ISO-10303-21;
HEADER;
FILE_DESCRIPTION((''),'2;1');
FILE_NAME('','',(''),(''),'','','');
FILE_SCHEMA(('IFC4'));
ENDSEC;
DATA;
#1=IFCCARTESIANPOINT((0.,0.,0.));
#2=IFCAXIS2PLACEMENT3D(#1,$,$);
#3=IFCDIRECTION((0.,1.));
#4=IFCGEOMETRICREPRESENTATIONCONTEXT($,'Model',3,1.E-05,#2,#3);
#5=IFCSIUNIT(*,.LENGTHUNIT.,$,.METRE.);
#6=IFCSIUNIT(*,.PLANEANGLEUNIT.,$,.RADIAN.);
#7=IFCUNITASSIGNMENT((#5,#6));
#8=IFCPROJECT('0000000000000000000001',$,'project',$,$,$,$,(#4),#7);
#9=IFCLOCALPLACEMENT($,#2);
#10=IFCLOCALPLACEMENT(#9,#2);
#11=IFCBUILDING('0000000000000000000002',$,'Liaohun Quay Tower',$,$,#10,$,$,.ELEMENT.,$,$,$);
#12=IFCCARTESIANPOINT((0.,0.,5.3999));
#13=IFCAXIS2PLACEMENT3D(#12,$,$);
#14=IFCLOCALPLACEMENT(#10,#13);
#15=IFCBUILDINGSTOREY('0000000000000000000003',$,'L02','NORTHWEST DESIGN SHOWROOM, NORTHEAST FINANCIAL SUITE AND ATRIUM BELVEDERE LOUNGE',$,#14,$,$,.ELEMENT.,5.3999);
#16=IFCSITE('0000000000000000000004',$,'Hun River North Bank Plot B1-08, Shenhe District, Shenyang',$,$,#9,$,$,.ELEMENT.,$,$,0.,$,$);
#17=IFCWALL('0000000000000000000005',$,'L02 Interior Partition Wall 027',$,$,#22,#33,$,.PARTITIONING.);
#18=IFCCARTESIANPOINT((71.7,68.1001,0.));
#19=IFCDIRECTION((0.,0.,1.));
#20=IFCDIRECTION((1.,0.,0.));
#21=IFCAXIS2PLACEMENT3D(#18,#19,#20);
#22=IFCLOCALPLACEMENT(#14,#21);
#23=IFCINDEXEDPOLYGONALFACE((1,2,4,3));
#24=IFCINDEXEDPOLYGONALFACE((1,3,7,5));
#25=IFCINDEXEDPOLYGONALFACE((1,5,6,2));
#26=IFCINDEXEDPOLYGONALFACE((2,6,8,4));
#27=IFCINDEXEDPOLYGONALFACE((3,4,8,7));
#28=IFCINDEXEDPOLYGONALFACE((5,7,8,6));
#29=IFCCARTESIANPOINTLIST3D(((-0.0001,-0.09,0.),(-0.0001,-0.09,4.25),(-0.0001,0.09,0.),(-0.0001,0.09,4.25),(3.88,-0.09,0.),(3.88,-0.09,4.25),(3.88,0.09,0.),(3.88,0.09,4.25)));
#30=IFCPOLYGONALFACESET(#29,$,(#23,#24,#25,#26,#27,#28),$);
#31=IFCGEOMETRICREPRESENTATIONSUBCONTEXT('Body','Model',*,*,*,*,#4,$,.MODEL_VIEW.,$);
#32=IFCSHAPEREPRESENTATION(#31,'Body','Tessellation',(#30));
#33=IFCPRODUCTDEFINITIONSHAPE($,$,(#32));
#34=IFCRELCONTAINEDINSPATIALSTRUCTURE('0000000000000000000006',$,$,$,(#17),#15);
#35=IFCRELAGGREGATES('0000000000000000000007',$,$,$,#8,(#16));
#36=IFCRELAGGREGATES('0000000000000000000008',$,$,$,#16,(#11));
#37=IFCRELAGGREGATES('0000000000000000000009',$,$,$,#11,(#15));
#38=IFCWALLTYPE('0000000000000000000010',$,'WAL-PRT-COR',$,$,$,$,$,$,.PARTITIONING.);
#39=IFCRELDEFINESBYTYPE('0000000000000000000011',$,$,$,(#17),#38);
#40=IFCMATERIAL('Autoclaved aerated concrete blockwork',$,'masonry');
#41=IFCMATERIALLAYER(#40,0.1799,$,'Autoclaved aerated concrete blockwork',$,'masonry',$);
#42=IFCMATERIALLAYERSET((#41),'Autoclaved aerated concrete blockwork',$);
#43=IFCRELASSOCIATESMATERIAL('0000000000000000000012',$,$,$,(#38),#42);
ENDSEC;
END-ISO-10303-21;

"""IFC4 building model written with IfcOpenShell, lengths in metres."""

from ifc_helpers import new_model, si_unit, direction, frame, frame_2d, origin, place, context, subcontext, project, spatial, rectangle, extrude, material, layer, layer_set, type_object, element, save


model = new_model("IFC4")

# Units and contexts
model_context = context("Model", 3, precision=1e-05, world=origin(), true_north=direction((0.0, 1.0)))
body_context = subcontext(model_context, "Body", "Model", "MODEL_VIEW")
ifc_project = project(units=[si_unit("LENGTHUNIT", "METRE"), si_unit("PLANEANGLEUNIT", "RADIAN")], contexts=[model_context])

# Site, building, storey
site_placement = place(None, origin())
site = spatial("IfcSite", under=ifc_project, at=site_placement, Name="Hun River North Bank Plot B1-08, Shenhe District, Shenyang", CompositionType="ELEMENT", RefElevation=0.0)
building_placement = place(site_placement, origin())
building = spatial("IfcBuilding", under=site, at=building_placement, Name="Liaohun Quay Tower", CompositionType="ELEMENT")
storey_placement = place(building_placement, frame((0.0, 0.0, 5.3999)))
storey = spatial("IfcBuildingStorey", under=building, at=storey_placement, Name="L02", Description="NORTHWEST DESIGN SHOWROOM, NORTHEAST FINANCIAL SUITE AND ATRIUM BELVEDERE LOUNGE", CompositionType="ELEMENT", Elevation=5.3999)

# Shared definitions
ifc_material_1 = material(Name="Autoclaved aerated concrete blockwork", Category="masonry")
ifc_layer_1 = layer(ifc_material_1, 0.1799, Name="Autoclaved aerated concrete blockwork", Category="masonry")
ifc_layer_set_1 = layer_set([ifc_layer_1], Name="Autoclaved aerated concrete blockwork")
wall_type_1 = type_object("IfcWallType", Name="WAL-PRT-COR", PredefinedType="PARTITIONING", material=ifc_layer_set_1)

# Wall
wall_1_placement = place(storey_placement, frame((71.7, 68.1001, 0.0), z_axis=(0.0, 0.0, 1.0), x_axis=(1.0, 0.0, 0.0)))
element("IfcWall", 1, at=wall_1_placement, inside=storey, type_object=wall_type_1, Name="L02 Interior Partition Wall 027", PredefinedType="PARTITIONING", context=body_context, shape_type="SweptSolid", body=[
    extrude(rectangle(XDim=3.8801, YDim=0.1799, at=frame_2d((1.9399, 0.0))), origin(), (0.0, 0.0, 1.0), 4.25),
])

save(model, "model.ifc")
